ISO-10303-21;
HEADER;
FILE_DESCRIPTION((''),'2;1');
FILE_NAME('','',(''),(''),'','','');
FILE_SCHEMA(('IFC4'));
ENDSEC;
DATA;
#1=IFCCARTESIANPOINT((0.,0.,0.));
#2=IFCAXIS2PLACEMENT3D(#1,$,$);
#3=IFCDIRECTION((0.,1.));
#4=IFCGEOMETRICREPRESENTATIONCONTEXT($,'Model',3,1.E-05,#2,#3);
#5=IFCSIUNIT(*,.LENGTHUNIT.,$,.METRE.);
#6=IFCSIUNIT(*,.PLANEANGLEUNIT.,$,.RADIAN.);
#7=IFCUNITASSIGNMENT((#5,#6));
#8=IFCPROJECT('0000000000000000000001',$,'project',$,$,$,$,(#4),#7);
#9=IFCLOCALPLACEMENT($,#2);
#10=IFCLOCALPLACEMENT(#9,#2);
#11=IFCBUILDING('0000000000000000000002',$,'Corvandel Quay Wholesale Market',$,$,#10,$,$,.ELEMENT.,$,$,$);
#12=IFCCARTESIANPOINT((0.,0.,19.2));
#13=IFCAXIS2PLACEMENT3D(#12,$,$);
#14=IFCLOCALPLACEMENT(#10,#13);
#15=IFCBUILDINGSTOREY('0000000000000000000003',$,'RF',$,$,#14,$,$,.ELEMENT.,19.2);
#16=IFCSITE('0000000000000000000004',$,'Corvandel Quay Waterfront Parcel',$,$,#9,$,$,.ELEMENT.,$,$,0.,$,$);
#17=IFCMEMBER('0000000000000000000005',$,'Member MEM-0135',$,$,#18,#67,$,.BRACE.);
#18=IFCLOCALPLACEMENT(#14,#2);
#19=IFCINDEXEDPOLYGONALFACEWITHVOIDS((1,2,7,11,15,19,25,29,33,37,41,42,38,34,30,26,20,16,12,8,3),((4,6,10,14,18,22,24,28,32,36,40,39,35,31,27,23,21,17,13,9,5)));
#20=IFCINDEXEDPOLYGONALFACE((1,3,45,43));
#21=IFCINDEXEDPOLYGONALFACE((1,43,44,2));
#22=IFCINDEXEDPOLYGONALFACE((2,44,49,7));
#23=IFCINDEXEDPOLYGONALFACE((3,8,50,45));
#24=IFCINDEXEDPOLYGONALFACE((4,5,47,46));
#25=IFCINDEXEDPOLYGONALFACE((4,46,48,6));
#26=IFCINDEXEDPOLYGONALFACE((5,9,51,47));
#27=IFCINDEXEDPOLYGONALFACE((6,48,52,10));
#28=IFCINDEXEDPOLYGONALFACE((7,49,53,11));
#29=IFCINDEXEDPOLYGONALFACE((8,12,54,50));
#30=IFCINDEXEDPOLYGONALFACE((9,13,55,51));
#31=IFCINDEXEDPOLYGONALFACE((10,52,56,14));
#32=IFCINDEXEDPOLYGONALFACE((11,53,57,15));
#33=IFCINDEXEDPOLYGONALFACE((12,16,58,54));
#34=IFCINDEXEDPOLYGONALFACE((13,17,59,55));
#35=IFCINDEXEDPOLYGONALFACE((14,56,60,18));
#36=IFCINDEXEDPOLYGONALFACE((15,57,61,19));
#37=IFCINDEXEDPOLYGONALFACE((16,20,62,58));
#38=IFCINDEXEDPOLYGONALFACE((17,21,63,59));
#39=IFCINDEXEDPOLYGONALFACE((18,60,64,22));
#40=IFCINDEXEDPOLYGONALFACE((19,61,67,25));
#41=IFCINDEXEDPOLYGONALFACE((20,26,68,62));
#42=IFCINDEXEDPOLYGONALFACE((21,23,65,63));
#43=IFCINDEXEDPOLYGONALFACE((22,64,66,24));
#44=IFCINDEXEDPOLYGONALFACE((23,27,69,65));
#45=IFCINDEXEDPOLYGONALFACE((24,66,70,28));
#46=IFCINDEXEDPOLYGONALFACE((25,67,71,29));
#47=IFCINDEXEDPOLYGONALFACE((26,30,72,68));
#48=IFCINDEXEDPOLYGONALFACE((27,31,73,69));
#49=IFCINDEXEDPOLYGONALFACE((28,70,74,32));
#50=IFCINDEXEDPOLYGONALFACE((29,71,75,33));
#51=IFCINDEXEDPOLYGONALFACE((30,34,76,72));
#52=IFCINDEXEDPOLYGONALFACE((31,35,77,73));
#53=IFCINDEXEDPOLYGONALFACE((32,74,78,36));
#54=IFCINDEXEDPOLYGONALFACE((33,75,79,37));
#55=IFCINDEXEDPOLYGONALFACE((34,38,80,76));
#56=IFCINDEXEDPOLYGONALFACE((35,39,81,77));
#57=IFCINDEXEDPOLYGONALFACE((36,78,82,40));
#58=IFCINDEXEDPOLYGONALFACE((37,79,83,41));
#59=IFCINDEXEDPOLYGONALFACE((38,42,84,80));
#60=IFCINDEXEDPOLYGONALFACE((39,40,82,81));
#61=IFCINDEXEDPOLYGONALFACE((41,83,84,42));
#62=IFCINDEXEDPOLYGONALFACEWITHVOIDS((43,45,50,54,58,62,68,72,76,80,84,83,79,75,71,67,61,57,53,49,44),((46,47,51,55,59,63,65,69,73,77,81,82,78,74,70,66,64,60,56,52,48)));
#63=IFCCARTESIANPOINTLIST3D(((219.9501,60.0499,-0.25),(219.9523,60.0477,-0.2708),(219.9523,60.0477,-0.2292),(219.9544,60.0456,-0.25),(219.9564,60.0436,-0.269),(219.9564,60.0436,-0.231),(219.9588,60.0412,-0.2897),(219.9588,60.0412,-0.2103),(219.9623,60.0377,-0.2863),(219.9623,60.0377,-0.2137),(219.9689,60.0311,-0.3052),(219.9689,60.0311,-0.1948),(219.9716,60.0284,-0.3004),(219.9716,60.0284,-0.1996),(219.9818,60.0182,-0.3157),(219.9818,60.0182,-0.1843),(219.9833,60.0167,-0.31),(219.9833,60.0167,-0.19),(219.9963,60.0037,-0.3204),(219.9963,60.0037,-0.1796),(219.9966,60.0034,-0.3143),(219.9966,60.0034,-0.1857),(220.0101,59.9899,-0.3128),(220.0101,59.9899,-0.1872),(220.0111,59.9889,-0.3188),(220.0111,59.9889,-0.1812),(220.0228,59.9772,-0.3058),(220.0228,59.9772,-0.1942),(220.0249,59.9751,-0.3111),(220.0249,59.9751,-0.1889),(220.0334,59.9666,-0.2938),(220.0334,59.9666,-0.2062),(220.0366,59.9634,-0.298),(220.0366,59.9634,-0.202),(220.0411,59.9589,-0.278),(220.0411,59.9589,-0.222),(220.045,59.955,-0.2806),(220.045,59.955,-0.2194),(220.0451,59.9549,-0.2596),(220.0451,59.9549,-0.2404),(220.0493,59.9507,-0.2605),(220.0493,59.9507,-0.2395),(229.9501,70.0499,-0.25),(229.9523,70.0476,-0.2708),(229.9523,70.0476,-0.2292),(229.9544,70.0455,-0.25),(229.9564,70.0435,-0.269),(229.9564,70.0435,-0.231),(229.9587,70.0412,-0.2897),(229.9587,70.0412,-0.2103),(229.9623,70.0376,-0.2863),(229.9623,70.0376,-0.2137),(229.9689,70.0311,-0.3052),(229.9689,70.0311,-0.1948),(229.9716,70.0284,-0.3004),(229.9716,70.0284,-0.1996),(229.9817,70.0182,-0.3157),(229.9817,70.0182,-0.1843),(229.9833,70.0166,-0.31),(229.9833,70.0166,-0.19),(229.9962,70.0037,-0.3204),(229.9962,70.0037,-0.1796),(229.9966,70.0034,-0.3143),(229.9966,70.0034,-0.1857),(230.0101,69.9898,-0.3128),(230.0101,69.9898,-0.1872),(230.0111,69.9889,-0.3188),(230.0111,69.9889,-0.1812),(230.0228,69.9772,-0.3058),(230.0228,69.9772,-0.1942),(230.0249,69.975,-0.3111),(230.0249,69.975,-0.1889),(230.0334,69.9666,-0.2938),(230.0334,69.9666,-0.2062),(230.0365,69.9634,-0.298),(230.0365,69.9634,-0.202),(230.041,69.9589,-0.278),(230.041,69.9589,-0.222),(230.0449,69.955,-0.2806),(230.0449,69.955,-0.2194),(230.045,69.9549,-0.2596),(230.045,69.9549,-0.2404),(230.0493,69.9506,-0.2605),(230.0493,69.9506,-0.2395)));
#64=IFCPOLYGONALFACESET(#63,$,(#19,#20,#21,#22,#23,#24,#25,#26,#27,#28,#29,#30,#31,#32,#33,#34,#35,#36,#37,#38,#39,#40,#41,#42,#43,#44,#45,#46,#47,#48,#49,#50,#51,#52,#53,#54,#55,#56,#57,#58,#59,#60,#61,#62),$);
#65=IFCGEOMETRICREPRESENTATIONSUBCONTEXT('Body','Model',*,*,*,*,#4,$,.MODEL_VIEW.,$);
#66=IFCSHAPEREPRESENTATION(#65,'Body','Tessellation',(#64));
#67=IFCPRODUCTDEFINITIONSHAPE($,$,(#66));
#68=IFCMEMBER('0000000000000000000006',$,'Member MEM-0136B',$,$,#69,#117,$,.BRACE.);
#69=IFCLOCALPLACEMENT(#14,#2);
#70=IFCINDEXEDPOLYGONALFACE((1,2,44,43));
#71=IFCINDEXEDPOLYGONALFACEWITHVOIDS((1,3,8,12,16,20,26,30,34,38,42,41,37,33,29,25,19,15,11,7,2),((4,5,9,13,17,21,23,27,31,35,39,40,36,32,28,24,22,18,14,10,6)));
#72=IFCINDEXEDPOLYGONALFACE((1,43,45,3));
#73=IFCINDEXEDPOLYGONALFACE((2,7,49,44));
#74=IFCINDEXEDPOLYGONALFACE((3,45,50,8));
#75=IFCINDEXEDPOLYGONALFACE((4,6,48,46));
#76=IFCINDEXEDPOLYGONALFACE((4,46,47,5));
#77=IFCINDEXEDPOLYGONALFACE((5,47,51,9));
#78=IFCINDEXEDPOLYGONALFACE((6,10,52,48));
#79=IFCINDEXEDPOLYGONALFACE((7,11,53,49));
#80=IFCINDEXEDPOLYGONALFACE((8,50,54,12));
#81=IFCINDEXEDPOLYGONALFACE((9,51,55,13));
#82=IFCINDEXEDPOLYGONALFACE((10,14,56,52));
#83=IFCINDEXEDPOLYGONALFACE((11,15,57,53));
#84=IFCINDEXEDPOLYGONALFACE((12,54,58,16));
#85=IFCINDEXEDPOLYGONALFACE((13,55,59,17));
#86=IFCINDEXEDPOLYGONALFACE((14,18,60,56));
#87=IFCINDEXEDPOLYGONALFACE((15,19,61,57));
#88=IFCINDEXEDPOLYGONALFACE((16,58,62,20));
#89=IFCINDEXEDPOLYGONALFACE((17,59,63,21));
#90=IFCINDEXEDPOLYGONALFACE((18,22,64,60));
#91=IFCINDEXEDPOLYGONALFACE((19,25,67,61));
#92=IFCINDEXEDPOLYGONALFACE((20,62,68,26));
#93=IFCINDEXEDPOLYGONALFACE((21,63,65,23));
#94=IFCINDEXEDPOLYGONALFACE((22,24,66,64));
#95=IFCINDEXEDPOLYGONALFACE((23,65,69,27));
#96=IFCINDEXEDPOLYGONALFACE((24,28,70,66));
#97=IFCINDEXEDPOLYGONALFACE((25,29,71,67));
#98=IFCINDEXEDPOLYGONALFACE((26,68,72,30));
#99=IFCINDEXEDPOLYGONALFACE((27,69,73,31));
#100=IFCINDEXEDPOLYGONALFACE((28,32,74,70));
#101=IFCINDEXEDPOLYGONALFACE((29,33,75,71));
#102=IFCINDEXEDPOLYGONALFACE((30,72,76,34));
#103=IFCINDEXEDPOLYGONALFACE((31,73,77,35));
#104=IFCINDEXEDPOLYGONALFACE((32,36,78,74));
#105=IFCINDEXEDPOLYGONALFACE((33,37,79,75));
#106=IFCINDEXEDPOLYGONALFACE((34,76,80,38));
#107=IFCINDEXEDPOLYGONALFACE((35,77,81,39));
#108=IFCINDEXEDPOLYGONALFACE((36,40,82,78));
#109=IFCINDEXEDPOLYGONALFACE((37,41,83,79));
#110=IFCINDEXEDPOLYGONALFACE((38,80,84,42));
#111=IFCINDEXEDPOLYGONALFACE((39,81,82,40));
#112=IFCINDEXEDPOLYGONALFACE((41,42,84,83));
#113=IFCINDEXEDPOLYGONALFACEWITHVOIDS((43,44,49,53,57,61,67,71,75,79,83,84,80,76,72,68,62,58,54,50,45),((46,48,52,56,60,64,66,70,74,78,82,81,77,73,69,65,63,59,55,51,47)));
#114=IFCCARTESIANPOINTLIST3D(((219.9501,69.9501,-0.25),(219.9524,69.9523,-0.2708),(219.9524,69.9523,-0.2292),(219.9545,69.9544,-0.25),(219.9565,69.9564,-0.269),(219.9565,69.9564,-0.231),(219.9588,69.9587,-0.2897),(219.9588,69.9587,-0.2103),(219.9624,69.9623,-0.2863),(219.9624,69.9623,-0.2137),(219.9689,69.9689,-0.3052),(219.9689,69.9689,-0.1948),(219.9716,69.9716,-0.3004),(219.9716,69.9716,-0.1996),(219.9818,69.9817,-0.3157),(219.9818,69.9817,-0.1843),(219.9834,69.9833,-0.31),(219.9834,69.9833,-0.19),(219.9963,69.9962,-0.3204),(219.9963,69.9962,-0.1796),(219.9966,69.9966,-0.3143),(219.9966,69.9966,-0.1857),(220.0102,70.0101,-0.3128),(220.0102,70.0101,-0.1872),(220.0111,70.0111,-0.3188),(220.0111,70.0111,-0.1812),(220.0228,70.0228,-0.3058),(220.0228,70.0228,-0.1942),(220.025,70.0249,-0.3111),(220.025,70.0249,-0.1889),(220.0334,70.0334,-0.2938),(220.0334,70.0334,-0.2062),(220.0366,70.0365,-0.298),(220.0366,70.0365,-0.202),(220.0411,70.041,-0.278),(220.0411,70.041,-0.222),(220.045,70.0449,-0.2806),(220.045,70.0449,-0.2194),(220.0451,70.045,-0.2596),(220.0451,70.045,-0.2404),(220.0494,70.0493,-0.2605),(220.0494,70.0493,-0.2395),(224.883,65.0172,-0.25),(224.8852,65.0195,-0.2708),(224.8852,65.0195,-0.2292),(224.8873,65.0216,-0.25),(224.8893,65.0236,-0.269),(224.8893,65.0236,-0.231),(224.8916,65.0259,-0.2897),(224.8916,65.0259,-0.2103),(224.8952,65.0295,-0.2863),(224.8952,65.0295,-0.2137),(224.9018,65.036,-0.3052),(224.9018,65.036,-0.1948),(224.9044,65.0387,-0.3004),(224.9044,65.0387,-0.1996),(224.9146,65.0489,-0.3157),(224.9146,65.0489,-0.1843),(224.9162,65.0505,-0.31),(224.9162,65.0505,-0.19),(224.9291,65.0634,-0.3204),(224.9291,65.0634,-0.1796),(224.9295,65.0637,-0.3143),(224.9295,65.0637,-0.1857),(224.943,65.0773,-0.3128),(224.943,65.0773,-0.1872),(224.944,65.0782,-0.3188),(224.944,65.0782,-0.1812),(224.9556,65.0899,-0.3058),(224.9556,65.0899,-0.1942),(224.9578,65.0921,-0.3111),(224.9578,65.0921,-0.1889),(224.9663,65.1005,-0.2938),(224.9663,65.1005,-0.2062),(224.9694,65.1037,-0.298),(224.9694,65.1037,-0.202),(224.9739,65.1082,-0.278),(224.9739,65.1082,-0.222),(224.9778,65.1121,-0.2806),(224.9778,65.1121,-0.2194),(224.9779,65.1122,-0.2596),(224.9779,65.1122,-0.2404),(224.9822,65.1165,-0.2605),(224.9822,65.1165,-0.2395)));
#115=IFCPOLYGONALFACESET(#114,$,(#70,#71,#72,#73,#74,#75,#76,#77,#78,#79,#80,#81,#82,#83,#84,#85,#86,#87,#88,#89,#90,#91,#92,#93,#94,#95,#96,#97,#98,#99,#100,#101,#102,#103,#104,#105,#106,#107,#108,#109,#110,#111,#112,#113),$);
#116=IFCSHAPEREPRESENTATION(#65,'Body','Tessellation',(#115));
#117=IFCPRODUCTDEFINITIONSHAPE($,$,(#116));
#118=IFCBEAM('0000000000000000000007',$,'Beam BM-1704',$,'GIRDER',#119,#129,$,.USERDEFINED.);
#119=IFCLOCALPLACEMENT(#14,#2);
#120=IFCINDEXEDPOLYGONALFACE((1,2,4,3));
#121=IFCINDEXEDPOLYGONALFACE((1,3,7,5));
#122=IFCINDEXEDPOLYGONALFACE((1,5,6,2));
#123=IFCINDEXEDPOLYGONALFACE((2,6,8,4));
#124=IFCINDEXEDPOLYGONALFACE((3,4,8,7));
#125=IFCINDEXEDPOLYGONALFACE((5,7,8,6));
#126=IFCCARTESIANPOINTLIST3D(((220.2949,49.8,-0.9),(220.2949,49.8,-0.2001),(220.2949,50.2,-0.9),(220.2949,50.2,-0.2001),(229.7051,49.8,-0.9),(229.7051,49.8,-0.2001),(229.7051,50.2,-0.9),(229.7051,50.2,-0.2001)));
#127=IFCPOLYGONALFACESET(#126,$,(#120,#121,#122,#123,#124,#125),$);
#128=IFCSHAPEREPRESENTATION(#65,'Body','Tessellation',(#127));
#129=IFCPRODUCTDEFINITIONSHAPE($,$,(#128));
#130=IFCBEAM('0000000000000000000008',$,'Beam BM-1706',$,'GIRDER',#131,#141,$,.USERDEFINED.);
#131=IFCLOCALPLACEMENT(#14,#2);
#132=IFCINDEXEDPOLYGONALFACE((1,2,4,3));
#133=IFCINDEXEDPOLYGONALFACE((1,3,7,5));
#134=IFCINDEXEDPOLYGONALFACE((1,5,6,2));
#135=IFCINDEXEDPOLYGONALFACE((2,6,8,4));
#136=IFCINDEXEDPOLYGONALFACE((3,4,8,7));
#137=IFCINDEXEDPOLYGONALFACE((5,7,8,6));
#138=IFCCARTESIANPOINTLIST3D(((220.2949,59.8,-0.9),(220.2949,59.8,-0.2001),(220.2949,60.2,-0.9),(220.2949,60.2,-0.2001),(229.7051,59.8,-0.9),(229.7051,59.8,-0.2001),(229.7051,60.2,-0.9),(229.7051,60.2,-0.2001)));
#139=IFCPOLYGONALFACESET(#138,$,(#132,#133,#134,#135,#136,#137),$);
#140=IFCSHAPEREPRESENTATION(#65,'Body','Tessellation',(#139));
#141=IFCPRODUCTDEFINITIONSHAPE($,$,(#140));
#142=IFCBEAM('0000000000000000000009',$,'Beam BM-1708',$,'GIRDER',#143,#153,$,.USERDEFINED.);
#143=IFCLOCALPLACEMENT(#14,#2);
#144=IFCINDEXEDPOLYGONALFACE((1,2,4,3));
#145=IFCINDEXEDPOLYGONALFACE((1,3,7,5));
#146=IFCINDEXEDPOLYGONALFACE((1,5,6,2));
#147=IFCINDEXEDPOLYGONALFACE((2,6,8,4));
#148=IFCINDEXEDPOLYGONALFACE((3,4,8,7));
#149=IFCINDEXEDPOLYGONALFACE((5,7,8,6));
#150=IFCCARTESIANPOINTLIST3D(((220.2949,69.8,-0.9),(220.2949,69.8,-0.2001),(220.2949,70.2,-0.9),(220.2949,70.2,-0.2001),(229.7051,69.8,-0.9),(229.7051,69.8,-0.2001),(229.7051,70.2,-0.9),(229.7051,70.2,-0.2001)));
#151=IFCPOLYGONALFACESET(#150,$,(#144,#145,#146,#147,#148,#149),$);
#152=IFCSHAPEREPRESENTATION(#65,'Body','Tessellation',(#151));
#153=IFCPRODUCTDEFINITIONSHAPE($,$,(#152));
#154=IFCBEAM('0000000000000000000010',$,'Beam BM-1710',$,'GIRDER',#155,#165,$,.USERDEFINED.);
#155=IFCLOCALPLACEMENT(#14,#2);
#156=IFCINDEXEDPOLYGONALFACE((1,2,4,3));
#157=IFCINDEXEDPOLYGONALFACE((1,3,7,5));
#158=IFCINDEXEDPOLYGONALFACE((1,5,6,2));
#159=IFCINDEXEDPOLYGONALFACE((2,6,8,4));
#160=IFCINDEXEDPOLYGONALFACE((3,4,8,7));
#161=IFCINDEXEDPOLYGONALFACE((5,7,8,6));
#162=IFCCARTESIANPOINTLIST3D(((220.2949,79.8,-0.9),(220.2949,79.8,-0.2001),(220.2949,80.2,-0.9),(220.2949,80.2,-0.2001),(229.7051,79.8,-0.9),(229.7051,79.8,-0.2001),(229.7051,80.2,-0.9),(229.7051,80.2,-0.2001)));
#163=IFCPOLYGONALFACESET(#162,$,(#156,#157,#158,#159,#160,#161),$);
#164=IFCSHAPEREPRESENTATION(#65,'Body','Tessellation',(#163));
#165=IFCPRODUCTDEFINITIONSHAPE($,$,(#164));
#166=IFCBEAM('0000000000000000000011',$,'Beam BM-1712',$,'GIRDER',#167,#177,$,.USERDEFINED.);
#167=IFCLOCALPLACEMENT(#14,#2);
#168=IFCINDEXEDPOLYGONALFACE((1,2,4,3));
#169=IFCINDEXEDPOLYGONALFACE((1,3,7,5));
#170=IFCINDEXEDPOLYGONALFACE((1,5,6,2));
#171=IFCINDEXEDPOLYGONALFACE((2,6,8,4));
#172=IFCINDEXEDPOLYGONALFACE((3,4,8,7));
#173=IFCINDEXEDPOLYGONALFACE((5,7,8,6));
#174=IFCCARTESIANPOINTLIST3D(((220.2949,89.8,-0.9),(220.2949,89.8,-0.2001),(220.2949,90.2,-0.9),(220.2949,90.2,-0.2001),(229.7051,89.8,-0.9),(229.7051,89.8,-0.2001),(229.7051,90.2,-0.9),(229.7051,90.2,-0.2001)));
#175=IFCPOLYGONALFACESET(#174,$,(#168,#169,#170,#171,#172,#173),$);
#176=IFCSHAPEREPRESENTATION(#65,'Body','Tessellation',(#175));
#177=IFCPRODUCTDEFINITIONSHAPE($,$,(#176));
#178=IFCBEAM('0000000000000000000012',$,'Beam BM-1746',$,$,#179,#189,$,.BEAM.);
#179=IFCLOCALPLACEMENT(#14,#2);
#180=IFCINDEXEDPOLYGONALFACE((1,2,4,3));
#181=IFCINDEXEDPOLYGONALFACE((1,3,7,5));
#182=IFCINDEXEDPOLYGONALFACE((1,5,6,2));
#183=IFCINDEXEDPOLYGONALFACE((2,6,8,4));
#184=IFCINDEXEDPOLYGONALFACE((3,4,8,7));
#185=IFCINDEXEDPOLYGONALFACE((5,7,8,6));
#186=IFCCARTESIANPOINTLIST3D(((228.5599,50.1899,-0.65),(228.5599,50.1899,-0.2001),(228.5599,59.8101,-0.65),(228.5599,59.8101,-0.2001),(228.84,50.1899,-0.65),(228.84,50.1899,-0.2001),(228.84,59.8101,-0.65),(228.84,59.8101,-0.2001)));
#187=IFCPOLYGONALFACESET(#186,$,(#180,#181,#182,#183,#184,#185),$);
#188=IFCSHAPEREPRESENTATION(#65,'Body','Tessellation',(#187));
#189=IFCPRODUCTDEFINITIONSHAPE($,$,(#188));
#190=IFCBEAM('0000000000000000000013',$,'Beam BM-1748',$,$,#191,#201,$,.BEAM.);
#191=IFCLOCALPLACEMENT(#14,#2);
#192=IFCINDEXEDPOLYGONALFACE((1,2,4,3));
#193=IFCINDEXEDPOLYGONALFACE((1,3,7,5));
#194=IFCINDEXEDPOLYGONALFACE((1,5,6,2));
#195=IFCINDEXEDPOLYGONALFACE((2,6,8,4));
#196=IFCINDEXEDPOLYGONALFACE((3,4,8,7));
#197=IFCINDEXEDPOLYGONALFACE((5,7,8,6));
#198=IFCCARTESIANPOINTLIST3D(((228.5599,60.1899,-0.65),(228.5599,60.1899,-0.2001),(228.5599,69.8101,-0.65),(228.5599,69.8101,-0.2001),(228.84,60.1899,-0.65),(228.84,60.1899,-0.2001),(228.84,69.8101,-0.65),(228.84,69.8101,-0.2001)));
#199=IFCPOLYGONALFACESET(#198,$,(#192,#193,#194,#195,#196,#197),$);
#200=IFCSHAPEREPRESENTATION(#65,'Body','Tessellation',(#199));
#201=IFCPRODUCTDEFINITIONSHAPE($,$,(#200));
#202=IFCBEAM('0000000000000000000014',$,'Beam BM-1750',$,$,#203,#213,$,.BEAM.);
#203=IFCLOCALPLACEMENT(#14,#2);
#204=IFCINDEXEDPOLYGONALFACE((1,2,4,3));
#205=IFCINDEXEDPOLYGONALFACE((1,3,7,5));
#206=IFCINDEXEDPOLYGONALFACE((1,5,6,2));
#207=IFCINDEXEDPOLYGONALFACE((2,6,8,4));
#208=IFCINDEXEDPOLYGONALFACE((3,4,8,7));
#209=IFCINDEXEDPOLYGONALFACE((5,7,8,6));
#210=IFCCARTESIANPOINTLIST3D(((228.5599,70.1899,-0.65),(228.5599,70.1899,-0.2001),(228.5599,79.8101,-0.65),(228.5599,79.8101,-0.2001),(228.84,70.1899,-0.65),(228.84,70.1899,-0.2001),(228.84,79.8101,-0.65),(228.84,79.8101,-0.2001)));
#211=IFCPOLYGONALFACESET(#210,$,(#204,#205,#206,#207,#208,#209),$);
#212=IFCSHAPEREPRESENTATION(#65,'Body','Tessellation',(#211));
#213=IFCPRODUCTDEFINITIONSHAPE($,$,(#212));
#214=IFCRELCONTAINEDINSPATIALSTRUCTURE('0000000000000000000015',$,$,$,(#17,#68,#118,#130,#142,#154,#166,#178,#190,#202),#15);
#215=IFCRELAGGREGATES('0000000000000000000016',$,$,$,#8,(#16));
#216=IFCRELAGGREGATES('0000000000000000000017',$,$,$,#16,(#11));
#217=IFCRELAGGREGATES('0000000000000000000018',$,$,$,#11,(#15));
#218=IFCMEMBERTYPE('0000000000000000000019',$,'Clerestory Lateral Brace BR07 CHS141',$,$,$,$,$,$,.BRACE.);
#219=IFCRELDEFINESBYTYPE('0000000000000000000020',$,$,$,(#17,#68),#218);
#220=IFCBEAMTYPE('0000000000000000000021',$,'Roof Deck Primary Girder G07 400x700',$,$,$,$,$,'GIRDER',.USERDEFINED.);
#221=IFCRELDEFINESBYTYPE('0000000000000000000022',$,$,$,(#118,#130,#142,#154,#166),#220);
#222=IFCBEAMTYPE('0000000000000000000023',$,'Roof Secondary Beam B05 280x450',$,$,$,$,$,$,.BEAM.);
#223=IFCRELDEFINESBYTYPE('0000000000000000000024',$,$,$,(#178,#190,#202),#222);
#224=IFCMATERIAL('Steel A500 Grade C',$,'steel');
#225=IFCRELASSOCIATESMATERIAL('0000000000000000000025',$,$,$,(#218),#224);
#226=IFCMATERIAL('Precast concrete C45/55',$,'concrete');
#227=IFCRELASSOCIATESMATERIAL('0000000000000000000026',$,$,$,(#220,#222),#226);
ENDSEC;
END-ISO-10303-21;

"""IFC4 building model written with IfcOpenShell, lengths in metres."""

from ifc_helpers import new_model, si_unit, direction, frame, origin, origin_2d, place, context, subcontext, project, spatial, rectangle, hollow_circle, extrude, material, material_profile, profile_set, type_object, element, save


model = new_model("IFC4")

# Units and contexts
model_context = context("Model", 3, precision=1e-05, world=origin(), true_north=direction((0.0, 1.0)))
body_context = subcontext(model_context, "Body", "Model", "MODEL_VIEW")
ifc_project = project(units=[si_unit("LENGTHUNIT", "METRE"), si_unit("PLANEANGLEUNIT", "RADIAN")], contexts=[model_context])

# Site, building, storey
site_placement = place(None, origin())
site = spatial("IfcSite", under=ifc_project, at=site_placement, Name="Corvandel Quay Waterfront Parcel", CompositionType="ELEMENT", RefElevation=0.0)
building_placement = place(site_placement, origin())
building = spatial("IfcBuilding", under=site, at=building_placement, Name="Corvandel Quay Wholesale Market", CompositionType="ELEMENT")
storey_placement = place(building_placement, frame((0.0, 0.0, 19.2)))
storey = spatial("IfcBuildingStorey", under=building, at=storey_placement, Name="RF", CompositionType="ELEMENT", Elevation=19.2)

# Members
ifc_material_1 = material(Name="Steel A500 Grade C", Category="steel")
ifc_material_profile_1 = material_profile(ifc_material_1, hollow_circle(Radius=0.0706, WallThickness=0.0061, at=origin_2d()), Name="HSS5.563X0.258")
ifc_profile_set_1 = profile_set([ifc_material_profile_1], Name="Steel A500 Grade C")
member_type = type_object("IfcMemberType", Name="Clerestory Lateral Brace BR07 CHS141", PredefinedType="BRACE", material=ifc_profile_set_1)
member_1_placement = place(storey_placement, frame((220.0, 60.0, -0.25), z_axis=(0.707107, 0.707107, 0.0), x_axis=(-0.707107, 0.707107, 0.0)))
element("IfcMember", 1, at=member_1_placement, inside=storey, type_object=member_type, Name="Member MEM-0135", PredefinedType="BRACE", context=body_context, shape_type="SweptSolid", body=[
    extrude(hollow_circle(Radius=0.0706, WallThickness=0.0061, at=origin_2d()), origin(), (0.0, 0.0, 1.0), 14.1421),
])
member_2_placement = place(storey_placement, frame((224.9329, 65.0671, -0.25), z_axis=(-0.707107, 0.707107, 0.0), x_axis=(-0.707107, -0.707107, 0.0)))
element("IfcMember", 2, at=member_2_placement, inside=storey, type_object=member_type, Name="Member MEM-0136B", PredefinedType="BRACE", context=body_context, shape_type="SweptSolid", body=[
    extrude(hollow_circle(Radius=0.0706, WallThickness=0.0061, at=origin_2d()), origin(), (0.0, 0.0, 1.0), 6.9761),
])

# Beams
ifc_material_2 = material(Name="Precast concrete C45/55", Category="concrete")
ifc_material_profile_2 = material_profile(ifc_material_2, rectangle(XDim=0.3999, YDim=0.7, at=origin_2d()), Name="PC-GIR-400x700")
ifc_profile_set_2 = profile_set([ifc_material_profile_2], Name="Precast concrete C45/55")
beam_type_1 = type_object("IfcBeamType", Name="Roof Deck Primary Girder G07 400x700", ElementType="GIRDER", PredefinedType="USERDEFINED", material=ifc_profile_set_2)
for number, where, z_axis, x_axis, name in (
    (3, (220.2949, 50.0, -0.55), (1.0, 0.0, 0.0), (0.0, 1.0, 0.0), "Beam BM-1704"),
    (4, (220.2949, 60.0, -0.55), (1.0, 0.0, 0.0), (0.0, 1.0, 0.0), "Beam BM-1706"),
    (5, (220.2949, 70.0, -0.55), (1.0, 0.0, 0.0), (0.0, 1.0, 0.0), "Beam BM-1708"),
    (6, (220.2949, 80.0, -0.55), (1.0, 0.0, 0.0), (0.0, 1.0, 0.0), "Beam BM-1710"),
    (7, (220.2949, 90.0, -0.55), (1.0, 0.0, 0.0), (0.0, 1.0, 0.0), "Beam BM-1712"),
):
    element("IfcBeam", number, at=place(storey_placement, frame(where, z_axis=z_axis, x_axis=x_axis)), inside=storey, type_object=beam_type_1, Name=name, ObjectType="GIRDER", PredefinedType="USERDEFINED", context=body_context, shape_type="SweptSolid", body=[
        extrude(rectangle(XDim=0.3999, YDim=0.7, at=origin_2d()), origin(), (0.0, 0.0, 1.0), 9.4102),
    ])
ifc_material_profile_3 = material_profile(ifc_material_2, rectangle(XDim=0.28, YDim=0.45, at=origin_2d()), Name="PC-BM-280x450")
ifc_profile_set_3 = profile_set([ifc_material_profile_3], Name="Precast concrete C45/55")
beam_type_2 = type_object("IfcBeamType", Name="Roof Secondary Beam B05 280x450", PredefinedType="BEAM", material=ifc_profile_set_3)
for number, where, z_axis, x_axis, name in (
    (8, (228.7, 50.1899, -0.425), (0.0, 1.0, 0.0), (-1.0, 0.0, 0.0), "Beam BM-1746"),
    (9, (228.7, 60.1899, -0.425), (0.0, 1.0, 0.0), (-1.0, 0.0, 0.0), "Beam BM-1748"),
    (10, (228.7, 70.1899, -0.425), (0.0, 1.0, 0.0), (-1.0, 0.0, 0.0), "Beam BM-1750"),
):
    element("IfcBeam", number, at=place(storey_placement, frame(where, z_axis=z_axis, x_axis=x_axis)), inside=storey, type_object=beam_type_2, Name=name, PredefinedType="BEAM", context=body_context, shape_type="SweptSolid", body=[
        extrude(rectangle(XDim=0.28, YDim=0.45, at=origin_2d()), origin(), (0.0, 0.0, 1.0), 9.6201),
    ])

save(model, "model.ifc")
